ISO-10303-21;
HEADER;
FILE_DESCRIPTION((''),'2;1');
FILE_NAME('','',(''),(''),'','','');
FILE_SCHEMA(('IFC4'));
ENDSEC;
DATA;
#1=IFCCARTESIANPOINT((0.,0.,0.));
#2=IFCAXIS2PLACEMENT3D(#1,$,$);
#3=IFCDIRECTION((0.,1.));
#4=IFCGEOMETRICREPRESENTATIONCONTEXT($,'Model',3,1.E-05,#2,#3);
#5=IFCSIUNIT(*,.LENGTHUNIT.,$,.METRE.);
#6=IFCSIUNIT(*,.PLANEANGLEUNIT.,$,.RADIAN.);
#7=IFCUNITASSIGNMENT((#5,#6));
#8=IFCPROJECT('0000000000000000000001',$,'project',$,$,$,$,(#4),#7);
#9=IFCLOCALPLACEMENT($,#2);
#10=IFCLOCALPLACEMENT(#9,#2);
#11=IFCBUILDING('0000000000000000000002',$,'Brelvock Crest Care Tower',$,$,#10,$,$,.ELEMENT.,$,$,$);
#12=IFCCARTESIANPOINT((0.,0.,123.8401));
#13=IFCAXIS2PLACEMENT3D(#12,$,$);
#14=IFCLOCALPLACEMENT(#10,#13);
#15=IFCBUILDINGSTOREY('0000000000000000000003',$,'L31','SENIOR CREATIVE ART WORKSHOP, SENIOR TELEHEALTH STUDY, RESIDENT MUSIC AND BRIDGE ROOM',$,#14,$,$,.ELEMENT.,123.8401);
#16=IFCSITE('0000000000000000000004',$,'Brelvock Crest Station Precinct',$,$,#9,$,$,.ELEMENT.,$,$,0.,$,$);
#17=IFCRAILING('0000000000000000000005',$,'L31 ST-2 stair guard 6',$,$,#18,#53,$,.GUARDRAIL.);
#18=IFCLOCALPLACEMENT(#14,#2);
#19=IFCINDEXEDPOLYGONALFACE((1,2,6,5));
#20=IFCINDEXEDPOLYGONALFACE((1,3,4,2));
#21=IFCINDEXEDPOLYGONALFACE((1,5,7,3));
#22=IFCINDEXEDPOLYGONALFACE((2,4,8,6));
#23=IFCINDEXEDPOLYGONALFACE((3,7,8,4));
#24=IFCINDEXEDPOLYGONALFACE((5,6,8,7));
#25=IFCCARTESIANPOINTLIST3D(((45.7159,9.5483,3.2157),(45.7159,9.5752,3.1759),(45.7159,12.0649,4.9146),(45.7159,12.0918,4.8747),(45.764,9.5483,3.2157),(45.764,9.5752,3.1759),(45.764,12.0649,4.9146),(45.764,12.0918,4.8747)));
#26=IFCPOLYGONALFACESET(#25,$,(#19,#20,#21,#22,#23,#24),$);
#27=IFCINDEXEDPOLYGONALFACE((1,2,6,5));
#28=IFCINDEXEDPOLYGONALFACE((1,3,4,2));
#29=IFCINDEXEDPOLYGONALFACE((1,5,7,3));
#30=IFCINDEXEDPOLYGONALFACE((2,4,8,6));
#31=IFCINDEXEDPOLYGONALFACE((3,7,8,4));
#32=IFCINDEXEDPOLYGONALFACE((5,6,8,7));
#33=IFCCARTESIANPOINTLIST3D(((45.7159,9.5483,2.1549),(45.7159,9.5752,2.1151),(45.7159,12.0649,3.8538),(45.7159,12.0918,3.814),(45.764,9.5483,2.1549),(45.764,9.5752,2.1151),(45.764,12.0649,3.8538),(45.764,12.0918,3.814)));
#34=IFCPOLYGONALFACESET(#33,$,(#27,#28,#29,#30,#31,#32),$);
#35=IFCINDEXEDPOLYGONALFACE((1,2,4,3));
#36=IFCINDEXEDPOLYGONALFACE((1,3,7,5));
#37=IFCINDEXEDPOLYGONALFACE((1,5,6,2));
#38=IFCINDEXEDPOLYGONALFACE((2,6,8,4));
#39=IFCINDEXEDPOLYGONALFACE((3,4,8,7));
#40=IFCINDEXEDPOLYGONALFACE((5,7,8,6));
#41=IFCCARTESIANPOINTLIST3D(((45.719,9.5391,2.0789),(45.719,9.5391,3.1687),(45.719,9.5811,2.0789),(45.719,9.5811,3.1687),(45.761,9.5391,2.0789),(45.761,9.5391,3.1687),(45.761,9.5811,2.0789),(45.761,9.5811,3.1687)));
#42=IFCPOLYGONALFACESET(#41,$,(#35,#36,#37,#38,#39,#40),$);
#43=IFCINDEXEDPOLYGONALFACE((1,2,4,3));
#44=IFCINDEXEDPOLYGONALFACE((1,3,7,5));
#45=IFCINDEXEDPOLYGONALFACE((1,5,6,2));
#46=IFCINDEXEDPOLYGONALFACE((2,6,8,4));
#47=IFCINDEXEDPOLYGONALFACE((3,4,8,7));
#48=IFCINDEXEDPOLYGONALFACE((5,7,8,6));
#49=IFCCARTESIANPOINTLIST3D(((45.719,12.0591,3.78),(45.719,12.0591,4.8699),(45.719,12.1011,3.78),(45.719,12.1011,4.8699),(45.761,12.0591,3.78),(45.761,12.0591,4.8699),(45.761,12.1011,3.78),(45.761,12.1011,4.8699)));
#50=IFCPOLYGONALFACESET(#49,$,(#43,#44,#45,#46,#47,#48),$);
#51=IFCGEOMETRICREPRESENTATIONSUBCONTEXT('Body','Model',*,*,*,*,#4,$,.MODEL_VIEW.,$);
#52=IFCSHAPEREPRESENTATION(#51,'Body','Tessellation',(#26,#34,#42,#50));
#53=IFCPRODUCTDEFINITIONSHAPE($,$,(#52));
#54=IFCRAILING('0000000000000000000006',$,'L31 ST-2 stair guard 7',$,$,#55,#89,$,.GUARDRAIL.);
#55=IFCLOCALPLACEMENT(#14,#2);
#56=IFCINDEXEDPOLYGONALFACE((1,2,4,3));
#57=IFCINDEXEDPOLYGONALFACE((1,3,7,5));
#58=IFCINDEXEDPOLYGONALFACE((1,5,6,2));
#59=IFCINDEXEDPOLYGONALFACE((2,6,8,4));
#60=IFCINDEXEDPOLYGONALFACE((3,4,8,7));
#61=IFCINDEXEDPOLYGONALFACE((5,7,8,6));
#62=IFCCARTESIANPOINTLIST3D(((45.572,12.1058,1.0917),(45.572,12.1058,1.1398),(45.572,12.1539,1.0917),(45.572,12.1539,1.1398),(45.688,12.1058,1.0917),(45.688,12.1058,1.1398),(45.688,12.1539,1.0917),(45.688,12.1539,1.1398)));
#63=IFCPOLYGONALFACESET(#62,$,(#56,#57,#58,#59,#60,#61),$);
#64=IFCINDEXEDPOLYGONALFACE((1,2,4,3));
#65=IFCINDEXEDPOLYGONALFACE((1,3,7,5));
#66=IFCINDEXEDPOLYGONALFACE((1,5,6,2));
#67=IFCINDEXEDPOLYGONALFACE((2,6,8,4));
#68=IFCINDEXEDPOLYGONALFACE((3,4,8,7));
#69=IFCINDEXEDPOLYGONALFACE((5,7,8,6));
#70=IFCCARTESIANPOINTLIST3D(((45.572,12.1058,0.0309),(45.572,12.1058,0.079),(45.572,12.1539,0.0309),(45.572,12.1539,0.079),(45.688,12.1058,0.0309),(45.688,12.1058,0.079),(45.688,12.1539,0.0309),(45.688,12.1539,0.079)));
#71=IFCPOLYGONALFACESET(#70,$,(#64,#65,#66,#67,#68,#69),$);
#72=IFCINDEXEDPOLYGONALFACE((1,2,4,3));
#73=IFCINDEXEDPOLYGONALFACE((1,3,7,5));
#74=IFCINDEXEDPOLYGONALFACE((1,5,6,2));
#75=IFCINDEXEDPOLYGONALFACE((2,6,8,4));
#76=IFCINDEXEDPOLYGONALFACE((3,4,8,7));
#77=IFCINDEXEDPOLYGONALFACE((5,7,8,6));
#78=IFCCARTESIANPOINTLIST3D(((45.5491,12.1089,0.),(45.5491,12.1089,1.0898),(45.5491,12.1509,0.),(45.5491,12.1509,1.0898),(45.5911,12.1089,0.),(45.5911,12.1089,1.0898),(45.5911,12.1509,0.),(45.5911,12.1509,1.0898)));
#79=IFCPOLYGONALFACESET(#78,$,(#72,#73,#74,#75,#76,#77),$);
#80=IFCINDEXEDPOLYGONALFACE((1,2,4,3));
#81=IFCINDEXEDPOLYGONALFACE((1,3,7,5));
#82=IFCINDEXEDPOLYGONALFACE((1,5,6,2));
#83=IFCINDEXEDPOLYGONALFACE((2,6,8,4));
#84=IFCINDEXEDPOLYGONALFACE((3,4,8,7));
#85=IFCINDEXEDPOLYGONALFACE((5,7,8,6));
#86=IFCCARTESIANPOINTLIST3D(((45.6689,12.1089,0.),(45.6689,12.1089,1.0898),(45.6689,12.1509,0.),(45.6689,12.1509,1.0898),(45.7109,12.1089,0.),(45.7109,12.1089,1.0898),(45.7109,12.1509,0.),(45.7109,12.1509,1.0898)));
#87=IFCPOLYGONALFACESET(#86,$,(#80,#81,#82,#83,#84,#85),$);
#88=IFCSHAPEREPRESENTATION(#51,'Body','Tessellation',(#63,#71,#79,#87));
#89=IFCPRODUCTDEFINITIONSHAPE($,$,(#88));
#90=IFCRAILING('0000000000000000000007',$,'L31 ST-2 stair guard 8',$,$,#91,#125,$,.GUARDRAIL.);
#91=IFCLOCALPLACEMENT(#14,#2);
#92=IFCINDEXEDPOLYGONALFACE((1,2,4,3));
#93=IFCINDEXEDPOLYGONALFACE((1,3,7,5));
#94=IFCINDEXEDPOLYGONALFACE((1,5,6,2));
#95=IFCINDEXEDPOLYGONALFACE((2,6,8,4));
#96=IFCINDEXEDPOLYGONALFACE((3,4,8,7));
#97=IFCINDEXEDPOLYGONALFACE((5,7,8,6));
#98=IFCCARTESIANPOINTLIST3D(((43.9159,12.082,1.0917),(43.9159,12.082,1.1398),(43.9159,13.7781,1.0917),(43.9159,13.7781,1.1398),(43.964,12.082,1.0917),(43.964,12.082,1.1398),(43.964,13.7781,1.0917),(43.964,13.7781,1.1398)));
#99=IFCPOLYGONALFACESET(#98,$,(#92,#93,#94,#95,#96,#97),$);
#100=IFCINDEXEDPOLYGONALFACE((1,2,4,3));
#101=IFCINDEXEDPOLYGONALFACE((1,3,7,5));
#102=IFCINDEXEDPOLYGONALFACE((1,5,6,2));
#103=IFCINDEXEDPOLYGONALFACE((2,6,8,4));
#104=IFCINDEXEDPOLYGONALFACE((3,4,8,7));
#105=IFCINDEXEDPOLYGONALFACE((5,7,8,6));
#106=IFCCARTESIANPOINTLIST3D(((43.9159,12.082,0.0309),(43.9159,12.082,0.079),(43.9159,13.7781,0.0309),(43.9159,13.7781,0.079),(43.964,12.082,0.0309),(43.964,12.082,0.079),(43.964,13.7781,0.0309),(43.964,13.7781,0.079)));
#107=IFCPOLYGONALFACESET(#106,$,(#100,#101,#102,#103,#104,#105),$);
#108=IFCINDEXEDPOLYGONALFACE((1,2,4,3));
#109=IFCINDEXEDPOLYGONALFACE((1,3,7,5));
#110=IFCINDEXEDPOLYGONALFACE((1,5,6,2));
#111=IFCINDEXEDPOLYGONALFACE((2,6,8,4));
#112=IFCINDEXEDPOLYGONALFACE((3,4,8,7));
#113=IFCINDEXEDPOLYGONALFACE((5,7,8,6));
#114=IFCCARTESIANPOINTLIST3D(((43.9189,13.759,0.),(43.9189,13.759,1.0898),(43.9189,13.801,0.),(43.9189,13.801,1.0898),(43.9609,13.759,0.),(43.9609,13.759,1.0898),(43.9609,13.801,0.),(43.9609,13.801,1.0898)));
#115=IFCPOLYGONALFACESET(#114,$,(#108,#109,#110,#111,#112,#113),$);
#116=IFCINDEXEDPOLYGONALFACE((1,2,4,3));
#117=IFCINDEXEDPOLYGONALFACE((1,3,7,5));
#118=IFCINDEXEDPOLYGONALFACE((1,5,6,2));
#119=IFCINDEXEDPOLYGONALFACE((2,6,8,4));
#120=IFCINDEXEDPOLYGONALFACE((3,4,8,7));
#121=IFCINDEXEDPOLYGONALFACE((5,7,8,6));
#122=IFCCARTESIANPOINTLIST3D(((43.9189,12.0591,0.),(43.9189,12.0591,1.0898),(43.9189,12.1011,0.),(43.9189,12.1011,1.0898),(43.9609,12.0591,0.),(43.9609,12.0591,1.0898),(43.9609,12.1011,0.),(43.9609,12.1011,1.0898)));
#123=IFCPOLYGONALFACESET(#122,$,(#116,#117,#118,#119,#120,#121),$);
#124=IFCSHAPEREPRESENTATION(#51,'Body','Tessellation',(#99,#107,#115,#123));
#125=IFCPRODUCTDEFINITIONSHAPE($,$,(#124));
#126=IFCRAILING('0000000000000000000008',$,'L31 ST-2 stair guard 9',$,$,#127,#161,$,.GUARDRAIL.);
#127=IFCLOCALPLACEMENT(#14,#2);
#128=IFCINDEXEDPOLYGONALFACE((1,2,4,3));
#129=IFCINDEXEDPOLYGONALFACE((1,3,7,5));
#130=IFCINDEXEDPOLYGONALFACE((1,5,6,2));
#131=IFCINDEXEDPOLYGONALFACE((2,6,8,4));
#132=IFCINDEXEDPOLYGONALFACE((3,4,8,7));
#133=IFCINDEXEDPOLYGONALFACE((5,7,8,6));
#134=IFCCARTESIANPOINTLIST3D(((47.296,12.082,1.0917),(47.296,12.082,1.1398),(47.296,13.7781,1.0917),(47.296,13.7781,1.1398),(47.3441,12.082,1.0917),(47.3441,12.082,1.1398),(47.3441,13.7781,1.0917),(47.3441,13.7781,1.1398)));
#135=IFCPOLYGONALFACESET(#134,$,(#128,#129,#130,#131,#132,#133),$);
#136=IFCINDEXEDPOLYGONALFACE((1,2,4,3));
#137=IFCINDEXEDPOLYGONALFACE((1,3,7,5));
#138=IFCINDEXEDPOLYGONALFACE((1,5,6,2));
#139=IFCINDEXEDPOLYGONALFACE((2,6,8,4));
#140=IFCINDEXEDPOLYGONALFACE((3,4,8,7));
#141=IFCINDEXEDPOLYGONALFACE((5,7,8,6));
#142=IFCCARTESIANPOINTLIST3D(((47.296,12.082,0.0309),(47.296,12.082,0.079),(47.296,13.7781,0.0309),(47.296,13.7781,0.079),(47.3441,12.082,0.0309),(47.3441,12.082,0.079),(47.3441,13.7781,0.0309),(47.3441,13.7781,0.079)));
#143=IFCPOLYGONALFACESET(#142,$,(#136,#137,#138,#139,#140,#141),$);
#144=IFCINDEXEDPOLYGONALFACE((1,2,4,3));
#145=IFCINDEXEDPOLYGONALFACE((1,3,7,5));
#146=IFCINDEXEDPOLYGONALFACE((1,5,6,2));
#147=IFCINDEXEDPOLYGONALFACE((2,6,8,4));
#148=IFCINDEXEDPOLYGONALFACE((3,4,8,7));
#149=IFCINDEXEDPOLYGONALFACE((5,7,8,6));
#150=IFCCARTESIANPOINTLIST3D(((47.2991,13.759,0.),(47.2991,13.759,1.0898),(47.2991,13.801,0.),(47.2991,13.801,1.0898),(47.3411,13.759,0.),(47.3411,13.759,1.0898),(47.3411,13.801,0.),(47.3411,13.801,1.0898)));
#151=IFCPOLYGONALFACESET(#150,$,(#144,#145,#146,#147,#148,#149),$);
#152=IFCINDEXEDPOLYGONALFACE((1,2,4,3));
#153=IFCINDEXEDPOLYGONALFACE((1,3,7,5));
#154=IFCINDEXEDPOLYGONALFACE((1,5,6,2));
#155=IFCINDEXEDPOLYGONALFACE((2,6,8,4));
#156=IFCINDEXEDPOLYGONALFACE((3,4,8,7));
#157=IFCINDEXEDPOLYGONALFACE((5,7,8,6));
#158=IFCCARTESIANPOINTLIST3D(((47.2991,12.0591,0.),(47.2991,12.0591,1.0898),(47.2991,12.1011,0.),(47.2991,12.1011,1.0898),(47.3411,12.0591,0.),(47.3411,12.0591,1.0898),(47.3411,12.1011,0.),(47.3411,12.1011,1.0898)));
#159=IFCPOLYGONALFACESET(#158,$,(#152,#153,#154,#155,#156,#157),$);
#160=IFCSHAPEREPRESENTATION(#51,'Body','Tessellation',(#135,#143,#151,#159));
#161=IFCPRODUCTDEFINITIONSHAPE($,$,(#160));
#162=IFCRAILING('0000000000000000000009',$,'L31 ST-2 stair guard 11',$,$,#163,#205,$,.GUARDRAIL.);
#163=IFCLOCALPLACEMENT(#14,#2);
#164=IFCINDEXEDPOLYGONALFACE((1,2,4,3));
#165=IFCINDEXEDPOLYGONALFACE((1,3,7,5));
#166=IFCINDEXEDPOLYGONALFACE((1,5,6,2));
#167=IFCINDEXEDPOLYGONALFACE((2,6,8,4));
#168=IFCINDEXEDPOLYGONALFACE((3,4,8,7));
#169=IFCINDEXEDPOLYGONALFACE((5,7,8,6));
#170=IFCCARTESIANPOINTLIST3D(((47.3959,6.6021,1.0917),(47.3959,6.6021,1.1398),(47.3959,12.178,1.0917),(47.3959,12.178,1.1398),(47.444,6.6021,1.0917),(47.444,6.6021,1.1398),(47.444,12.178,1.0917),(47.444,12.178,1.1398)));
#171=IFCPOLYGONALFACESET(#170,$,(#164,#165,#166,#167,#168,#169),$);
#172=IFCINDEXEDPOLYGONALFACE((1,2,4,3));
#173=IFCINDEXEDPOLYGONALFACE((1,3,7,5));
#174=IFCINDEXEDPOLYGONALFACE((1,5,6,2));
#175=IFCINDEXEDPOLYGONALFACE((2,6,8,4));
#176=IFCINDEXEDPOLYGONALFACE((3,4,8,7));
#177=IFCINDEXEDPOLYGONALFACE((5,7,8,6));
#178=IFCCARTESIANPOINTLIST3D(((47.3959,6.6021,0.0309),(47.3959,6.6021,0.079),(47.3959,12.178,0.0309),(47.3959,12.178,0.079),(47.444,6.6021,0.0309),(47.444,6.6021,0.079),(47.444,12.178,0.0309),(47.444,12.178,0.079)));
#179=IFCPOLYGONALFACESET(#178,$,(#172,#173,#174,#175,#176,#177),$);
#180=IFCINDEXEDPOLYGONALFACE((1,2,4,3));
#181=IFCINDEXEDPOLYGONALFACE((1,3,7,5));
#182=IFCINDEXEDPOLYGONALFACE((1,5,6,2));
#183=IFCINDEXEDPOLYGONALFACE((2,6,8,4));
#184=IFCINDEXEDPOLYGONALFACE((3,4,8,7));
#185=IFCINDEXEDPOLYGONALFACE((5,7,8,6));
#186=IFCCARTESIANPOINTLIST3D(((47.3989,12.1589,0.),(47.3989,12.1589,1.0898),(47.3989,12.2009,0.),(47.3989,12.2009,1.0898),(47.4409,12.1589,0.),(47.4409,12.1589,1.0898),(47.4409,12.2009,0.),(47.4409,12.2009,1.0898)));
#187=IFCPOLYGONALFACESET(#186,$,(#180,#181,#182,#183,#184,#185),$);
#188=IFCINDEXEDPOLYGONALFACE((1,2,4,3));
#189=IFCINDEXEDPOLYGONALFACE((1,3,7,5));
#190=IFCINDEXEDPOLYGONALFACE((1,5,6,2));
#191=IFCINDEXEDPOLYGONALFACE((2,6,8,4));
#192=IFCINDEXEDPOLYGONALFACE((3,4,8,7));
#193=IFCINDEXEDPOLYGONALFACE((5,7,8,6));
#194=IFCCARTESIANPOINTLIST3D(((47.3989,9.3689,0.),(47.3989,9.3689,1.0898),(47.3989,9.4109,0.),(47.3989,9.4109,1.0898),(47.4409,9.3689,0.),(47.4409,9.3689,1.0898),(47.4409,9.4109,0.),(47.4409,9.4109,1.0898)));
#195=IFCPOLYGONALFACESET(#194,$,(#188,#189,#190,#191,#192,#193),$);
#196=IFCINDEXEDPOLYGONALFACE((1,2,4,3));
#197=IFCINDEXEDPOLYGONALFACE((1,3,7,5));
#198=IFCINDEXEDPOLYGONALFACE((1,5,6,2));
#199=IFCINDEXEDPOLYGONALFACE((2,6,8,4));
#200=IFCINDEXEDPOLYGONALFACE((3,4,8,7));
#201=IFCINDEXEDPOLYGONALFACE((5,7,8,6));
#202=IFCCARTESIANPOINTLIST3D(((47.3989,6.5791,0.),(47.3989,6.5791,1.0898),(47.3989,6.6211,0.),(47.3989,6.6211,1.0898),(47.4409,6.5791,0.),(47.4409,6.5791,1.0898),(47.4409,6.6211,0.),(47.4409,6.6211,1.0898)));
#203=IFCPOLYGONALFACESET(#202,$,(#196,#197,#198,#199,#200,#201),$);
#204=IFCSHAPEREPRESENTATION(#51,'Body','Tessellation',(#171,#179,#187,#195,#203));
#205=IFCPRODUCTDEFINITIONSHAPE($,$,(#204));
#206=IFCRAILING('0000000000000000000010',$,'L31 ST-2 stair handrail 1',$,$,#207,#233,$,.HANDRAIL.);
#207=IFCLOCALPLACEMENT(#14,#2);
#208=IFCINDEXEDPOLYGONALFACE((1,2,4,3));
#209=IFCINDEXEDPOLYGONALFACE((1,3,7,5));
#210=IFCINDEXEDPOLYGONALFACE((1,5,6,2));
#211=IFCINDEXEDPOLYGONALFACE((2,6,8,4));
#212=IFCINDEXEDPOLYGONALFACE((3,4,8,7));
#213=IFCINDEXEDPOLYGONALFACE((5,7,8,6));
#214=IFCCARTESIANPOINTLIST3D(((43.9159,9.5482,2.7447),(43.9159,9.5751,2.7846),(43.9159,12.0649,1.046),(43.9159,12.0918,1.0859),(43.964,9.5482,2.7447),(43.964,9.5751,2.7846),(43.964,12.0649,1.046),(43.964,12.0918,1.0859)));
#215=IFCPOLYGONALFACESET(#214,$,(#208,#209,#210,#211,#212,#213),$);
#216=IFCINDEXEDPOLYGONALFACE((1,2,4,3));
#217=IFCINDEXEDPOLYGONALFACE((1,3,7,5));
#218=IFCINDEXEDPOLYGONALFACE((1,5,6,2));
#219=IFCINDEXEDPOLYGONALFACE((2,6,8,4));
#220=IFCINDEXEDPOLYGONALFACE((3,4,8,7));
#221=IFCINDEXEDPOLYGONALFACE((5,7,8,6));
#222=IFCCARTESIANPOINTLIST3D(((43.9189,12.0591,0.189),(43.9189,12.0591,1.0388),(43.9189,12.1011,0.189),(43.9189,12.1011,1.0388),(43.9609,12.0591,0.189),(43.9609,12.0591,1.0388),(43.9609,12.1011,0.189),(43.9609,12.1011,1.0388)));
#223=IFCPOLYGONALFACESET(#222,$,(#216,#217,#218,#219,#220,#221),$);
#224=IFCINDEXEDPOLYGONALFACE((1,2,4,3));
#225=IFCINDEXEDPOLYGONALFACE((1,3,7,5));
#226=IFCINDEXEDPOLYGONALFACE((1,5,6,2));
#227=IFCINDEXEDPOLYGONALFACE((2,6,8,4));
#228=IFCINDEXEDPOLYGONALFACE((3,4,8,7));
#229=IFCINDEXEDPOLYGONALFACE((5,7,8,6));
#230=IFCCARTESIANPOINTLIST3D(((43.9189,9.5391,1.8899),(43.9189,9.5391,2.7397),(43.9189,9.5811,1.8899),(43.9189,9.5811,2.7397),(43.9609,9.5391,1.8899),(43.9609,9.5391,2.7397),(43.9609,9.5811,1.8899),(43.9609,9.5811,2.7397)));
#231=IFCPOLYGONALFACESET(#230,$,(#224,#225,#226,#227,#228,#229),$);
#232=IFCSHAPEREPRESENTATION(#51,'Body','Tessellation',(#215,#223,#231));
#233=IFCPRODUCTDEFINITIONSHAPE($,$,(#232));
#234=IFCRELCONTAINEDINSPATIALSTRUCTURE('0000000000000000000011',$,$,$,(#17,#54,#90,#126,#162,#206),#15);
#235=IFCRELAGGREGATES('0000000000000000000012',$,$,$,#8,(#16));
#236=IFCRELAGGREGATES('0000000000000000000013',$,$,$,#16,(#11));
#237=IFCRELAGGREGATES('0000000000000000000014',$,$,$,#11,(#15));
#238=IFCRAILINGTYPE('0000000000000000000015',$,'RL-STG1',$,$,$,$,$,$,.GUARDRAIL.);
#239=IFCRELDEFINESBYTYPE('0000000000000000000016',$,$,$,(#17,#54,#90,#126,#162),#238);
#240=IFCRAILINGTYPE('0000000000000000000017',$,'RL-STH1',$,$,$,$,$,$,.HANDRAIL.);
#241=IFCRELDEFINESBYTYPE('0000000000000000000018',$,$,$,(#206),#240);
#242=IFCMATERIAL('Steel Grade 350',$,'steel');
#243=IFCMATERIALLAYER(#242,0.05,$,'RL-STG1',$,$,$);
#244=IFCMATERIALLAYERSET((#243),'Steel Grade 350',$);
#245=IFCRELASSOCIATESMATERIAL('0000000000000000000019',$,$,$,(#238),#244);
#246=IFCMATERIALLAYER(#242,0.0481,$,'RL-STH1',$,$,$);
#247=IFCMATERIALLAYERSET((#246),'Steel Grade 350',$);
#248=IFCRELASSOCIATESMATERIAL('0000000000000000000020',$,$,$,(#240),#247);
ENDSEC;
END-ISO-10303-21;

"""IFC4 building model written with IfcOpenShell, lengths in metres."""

from ifc_helpers import new_model, si_unit, direction, frame, origin, origin_2d, place, context, subcontext, project, spatial, rectangle, extrude, material, layer, layer_set, type_object, element, save


model = new_model("IFC4")

# Units and contexts
model_context = context("Model", 3, precision=1e-05, world=origin(), true_north=direction((0.0, 1.0)))
body_context = subcontext(model_context, "Body", "Model", "MODEL_VIEW")
ifc_project = project(units=[si_unit("LENGTHUNIT", "METRE"), si_unit("PLANEANGLEUNIT", "RADIAN")], contexts=[model_context])

# Site, building, storey
site_placement = place(None, origin())
site = spatial("IfcSite", under=ifc_project, at=site_placement, Name="Brelvock Crest Station Precinct", CompositionType="ELEMENT", RefElevation=0.0)
building_placement = place(site_placement, origin())
building = spatial("IfcBuilding", under=site, at=building_placement, Name="Brelvock Crest Care Tower", CompositionType="ELEMENT")
storey_placement = place(building_placement, frame((0.0, 0.0, 123.8401)))
storey = spatial("IfcBuildingStorey", under=building, at=storey_placement, Name="L31", Description="SENIOR CREATIVE ART WORKSHOP, SENIOR TELEHEALTH STUDY, RESIDENT MUSIC AND BRIDGE ROOM", CompositionType="ELEMENT", Elevation=123.8401)

# Shared definitions
ifc_material_1 = material(Name="Steel Grade 350", Category="steel")

# Railings
ifc_layer_1 = layer(ifc_material_1, 0.05, Name="RL-STG1")
ifc_layer_set_1 = layer_set([ifc_layer_1], Name="Steel Grade 350")
railing_type_1 = type_object("IfcRailingType", Name="RL-STG1", PredefinedType="GUARDRAIL", material=ifc_layer_set_1)
railing_1_placement = place(storey_placement, frame((45.74, 9.5601, 2.0789)))
element("IfcRailing", 1, at=railing_1_placement, inside=storey, type_object=railing_type_1, Name="L31 ST-2 stair guard 6", PredefinedType="GUARDRAIL", context=body_context, shape_type="SweptSolid", body=[
    extrude(rectangle(XDim=0.0481, YDim=0.0481, at=origin_2d()), frame((0.0, 0.0017, 1.1169), z_axis=(0.0, 0.828824, 0.559509), x_axis=(-1.0, 0.0, 0.0)), (0.0, 0.0, 1.0), 3.0364),
    extrude(rectangle(XDim=0.0481, YDim=0.0481, at=origin_2d()), frame((0.0, 0.0017, 0.0562), z_axis=(0.0, 0.828824, 0.559509), x_axis=(-1.0, 0.0, 0.0)), (0.0, 0.0, 1.0), 3.0364),
    extrude(rectangle(XDim=0.042, YDim=0.042, at=origin_2d()), origin(), (0.0, 0.0, 1.0), 1.0898),
    extrude(rectangle(XDim=0.042, YDim=0.042, at=origin_2d()), frame((0.0, 2.52, 1.7012)), (0.0, 0.0, 1.0), 1.0898),
])
railing_2_placement = place(storey_placement, frame((45.5701, 12.1299, 0.0)))
element("IfcRailing", 2, at=railing_2_placement, inside=storey, type_object=railing_type_1, Name="L31 ST-2 stair guard 7", PredefinedType="GUARDRAIL", context=body_context, shape_type="SweptSolid", body=[
    extrude(rectangle(XDim=0.0481, YDim=0.0481, at=origin_2d()), frame((0.002, 0.0, 1.1157), z_axis=(1.0, 0.0, 0.0), x_axis=(0.0, 1.0, 0.0)), (0.0, 0.0, 1.0), 0.116),
    extrude(rectangle(XDim=0.0481, YDim=0.0481, at=origin_2d()), frame((0.002, 0.0, 0.0549), z_axis=(1.0, 0.0, 0.0), x_axis=(0.0, 1.0, 0.0)), (0.0, 0.0, 1.0), 0.116),
    extrude(rectangle(XDim=0.042, YDim=0.042, at=origin_2d()), origin(), (0.0, 0.0, 1.0), 1.0898),
    extrude(rectangle(XDim=0.042, YDim=0.042, at=origin_2d()), frame((0.1199, 0.0, 0.0)), (0.0, 0.0, 1.0), 1.0898),
])
for number, where, name in (
    (3, (43.9399, 13.78, 0.0), "L31 ST-2 stair guard 8"),
    (4, (47.3201, 13.78, 0.0), "L31 ST-2 stair guard 9"),
):
    element("IfcRailing", number, at=place(storey_placement, frame(where)), inside=storey, type_object=railing_type_1, Name=name, PredefinedType="GUARDRAIL", context=body_context, shape_type="SweptSolid", body=[
        extrude(rectangle(XDim=0.0481, YDim=0.0481, at=origin_2d()), frame((0.0, -0.002, 1.1157), z_axis=(0.0, -1.0, 0.0), x_axis=(1.0, 0.0, 0.0)), (0.0, 0.0, 1.0), 1.696),
        extrude(rectangle(XDim=0.0481, YDim=0.0481, at=origin_2d()), frame((0.0, -0.002, 0.0549), z_axis=(0.0, -1.0, 0.0), x_axis=(1.0, 0.0, 0.0)), (0.0, 0.0, 1.0), 1.696),
        extrude(rectangle(XDim=0.042, YDim=0.042, at=origin_2d()), origin(), (0.0, 0.0, 1.0), 1.0898),
        extrude(rectangle(XDim=0.042, YDim=0.042, at=origin_2d()), frame((0.0, -1.7, 0.0)), (0.0, 0.0, 1.0), 1.0898),
    ])
railing_3_placement = place(storey_placement, frame((47.4199, 12.1799, 0.0)))
element("IfcRailing", 5, at=railing_3_placement, inside=storey, type_object=railing_type_1, Name="L31 ST-2 stair guard 11", PredefinedType="GUARDRAIL", context=body_context, shape_type="SweptSolid", body=[
    extrude(rectangle(XDim=0.0481, YDim=0.0481, at=origin_2d()), frame((0.0, -0.002, 1.1157), z_axis=(0.0, -1.0, 0.0), x_axis=(1.0, 0.0, 0.0)), (0.0, 0.0, 1.0), 5.5759),
    extrude(rectangle(XDim=0.0481, YDim=0.0481, at=origin_2d()), frame((0.0, -0.002, 0.0549), z_axis=(0.0, -1.0, 0.0), x_axis=(1.0, 0.0, 0.0)), (0.0, 0.0, 1.0), 5.5759),
    extrude(rectangle(XDim=0.042, YDim=0.042, at=origin_2d()), origin(), (0.0, 0.0, 1.0), 1.0898),
    extrude(rectangle(XDim=0.042, YDim=0.042, at=origin_2d()), frame((0.0, -2.79, 0.0)), (0.0, 0.0, 1.0), 1.0898),
    extrude(rectangle(XDim=0.042, YDim=0.042, at=origin_2d()), frame((0.0, -5.5798, 0.0)), (0.0, 0.0, 1.0), 1.0898),
])
ifc_layer_2 = layer(ifc_material_1, 0.0481, Name="RL-STH1")
ifc_layer_set_2 = layer_set([ifc_layer_2], Name="Steel Grade 350")
railing_type_2 = type_object("IfcRailingType", Name="RL-STH1", PredefinedType="HANDRAIL", material=ifc_layer_set_2)
railing_4_placement = place(storey_placement, frame((43.9399, 12.0801, 0.189)))
element("IfcRailing", 6, at=railing_4_placement, inside=storey, type_object=railing_type_2, Name="L31 ST-2 stair handrail 1", PredefinedType="HANDRAIL", context=body_context, shape_type="SweptSolid", body=[
    extrude(rectangle(XDim=0.0481, YDim=0.0481, at=origin_2d()), frame((0.0, -0.0017, 0.877), z_axis=(0.0, -0.828862, 0.559454), x_axis=(1.0, 0.0, 0.0)), (0.0, 0.0, 1.0), 3.0364),
    extrude(rectangle(XDim=0.042, YDim=0.042, at=origin_2d()), origin(), (0.0, 0.0, 1.0), 0.8499),
    extrude(rectangle(XDim=0.042, YDim=0.042, at=origin_2d()), frame((0.0, -2.52, 1.7009)), (0.0, 0.0, 1.0), 0.8499),
])

save(model, "model.ifc")
